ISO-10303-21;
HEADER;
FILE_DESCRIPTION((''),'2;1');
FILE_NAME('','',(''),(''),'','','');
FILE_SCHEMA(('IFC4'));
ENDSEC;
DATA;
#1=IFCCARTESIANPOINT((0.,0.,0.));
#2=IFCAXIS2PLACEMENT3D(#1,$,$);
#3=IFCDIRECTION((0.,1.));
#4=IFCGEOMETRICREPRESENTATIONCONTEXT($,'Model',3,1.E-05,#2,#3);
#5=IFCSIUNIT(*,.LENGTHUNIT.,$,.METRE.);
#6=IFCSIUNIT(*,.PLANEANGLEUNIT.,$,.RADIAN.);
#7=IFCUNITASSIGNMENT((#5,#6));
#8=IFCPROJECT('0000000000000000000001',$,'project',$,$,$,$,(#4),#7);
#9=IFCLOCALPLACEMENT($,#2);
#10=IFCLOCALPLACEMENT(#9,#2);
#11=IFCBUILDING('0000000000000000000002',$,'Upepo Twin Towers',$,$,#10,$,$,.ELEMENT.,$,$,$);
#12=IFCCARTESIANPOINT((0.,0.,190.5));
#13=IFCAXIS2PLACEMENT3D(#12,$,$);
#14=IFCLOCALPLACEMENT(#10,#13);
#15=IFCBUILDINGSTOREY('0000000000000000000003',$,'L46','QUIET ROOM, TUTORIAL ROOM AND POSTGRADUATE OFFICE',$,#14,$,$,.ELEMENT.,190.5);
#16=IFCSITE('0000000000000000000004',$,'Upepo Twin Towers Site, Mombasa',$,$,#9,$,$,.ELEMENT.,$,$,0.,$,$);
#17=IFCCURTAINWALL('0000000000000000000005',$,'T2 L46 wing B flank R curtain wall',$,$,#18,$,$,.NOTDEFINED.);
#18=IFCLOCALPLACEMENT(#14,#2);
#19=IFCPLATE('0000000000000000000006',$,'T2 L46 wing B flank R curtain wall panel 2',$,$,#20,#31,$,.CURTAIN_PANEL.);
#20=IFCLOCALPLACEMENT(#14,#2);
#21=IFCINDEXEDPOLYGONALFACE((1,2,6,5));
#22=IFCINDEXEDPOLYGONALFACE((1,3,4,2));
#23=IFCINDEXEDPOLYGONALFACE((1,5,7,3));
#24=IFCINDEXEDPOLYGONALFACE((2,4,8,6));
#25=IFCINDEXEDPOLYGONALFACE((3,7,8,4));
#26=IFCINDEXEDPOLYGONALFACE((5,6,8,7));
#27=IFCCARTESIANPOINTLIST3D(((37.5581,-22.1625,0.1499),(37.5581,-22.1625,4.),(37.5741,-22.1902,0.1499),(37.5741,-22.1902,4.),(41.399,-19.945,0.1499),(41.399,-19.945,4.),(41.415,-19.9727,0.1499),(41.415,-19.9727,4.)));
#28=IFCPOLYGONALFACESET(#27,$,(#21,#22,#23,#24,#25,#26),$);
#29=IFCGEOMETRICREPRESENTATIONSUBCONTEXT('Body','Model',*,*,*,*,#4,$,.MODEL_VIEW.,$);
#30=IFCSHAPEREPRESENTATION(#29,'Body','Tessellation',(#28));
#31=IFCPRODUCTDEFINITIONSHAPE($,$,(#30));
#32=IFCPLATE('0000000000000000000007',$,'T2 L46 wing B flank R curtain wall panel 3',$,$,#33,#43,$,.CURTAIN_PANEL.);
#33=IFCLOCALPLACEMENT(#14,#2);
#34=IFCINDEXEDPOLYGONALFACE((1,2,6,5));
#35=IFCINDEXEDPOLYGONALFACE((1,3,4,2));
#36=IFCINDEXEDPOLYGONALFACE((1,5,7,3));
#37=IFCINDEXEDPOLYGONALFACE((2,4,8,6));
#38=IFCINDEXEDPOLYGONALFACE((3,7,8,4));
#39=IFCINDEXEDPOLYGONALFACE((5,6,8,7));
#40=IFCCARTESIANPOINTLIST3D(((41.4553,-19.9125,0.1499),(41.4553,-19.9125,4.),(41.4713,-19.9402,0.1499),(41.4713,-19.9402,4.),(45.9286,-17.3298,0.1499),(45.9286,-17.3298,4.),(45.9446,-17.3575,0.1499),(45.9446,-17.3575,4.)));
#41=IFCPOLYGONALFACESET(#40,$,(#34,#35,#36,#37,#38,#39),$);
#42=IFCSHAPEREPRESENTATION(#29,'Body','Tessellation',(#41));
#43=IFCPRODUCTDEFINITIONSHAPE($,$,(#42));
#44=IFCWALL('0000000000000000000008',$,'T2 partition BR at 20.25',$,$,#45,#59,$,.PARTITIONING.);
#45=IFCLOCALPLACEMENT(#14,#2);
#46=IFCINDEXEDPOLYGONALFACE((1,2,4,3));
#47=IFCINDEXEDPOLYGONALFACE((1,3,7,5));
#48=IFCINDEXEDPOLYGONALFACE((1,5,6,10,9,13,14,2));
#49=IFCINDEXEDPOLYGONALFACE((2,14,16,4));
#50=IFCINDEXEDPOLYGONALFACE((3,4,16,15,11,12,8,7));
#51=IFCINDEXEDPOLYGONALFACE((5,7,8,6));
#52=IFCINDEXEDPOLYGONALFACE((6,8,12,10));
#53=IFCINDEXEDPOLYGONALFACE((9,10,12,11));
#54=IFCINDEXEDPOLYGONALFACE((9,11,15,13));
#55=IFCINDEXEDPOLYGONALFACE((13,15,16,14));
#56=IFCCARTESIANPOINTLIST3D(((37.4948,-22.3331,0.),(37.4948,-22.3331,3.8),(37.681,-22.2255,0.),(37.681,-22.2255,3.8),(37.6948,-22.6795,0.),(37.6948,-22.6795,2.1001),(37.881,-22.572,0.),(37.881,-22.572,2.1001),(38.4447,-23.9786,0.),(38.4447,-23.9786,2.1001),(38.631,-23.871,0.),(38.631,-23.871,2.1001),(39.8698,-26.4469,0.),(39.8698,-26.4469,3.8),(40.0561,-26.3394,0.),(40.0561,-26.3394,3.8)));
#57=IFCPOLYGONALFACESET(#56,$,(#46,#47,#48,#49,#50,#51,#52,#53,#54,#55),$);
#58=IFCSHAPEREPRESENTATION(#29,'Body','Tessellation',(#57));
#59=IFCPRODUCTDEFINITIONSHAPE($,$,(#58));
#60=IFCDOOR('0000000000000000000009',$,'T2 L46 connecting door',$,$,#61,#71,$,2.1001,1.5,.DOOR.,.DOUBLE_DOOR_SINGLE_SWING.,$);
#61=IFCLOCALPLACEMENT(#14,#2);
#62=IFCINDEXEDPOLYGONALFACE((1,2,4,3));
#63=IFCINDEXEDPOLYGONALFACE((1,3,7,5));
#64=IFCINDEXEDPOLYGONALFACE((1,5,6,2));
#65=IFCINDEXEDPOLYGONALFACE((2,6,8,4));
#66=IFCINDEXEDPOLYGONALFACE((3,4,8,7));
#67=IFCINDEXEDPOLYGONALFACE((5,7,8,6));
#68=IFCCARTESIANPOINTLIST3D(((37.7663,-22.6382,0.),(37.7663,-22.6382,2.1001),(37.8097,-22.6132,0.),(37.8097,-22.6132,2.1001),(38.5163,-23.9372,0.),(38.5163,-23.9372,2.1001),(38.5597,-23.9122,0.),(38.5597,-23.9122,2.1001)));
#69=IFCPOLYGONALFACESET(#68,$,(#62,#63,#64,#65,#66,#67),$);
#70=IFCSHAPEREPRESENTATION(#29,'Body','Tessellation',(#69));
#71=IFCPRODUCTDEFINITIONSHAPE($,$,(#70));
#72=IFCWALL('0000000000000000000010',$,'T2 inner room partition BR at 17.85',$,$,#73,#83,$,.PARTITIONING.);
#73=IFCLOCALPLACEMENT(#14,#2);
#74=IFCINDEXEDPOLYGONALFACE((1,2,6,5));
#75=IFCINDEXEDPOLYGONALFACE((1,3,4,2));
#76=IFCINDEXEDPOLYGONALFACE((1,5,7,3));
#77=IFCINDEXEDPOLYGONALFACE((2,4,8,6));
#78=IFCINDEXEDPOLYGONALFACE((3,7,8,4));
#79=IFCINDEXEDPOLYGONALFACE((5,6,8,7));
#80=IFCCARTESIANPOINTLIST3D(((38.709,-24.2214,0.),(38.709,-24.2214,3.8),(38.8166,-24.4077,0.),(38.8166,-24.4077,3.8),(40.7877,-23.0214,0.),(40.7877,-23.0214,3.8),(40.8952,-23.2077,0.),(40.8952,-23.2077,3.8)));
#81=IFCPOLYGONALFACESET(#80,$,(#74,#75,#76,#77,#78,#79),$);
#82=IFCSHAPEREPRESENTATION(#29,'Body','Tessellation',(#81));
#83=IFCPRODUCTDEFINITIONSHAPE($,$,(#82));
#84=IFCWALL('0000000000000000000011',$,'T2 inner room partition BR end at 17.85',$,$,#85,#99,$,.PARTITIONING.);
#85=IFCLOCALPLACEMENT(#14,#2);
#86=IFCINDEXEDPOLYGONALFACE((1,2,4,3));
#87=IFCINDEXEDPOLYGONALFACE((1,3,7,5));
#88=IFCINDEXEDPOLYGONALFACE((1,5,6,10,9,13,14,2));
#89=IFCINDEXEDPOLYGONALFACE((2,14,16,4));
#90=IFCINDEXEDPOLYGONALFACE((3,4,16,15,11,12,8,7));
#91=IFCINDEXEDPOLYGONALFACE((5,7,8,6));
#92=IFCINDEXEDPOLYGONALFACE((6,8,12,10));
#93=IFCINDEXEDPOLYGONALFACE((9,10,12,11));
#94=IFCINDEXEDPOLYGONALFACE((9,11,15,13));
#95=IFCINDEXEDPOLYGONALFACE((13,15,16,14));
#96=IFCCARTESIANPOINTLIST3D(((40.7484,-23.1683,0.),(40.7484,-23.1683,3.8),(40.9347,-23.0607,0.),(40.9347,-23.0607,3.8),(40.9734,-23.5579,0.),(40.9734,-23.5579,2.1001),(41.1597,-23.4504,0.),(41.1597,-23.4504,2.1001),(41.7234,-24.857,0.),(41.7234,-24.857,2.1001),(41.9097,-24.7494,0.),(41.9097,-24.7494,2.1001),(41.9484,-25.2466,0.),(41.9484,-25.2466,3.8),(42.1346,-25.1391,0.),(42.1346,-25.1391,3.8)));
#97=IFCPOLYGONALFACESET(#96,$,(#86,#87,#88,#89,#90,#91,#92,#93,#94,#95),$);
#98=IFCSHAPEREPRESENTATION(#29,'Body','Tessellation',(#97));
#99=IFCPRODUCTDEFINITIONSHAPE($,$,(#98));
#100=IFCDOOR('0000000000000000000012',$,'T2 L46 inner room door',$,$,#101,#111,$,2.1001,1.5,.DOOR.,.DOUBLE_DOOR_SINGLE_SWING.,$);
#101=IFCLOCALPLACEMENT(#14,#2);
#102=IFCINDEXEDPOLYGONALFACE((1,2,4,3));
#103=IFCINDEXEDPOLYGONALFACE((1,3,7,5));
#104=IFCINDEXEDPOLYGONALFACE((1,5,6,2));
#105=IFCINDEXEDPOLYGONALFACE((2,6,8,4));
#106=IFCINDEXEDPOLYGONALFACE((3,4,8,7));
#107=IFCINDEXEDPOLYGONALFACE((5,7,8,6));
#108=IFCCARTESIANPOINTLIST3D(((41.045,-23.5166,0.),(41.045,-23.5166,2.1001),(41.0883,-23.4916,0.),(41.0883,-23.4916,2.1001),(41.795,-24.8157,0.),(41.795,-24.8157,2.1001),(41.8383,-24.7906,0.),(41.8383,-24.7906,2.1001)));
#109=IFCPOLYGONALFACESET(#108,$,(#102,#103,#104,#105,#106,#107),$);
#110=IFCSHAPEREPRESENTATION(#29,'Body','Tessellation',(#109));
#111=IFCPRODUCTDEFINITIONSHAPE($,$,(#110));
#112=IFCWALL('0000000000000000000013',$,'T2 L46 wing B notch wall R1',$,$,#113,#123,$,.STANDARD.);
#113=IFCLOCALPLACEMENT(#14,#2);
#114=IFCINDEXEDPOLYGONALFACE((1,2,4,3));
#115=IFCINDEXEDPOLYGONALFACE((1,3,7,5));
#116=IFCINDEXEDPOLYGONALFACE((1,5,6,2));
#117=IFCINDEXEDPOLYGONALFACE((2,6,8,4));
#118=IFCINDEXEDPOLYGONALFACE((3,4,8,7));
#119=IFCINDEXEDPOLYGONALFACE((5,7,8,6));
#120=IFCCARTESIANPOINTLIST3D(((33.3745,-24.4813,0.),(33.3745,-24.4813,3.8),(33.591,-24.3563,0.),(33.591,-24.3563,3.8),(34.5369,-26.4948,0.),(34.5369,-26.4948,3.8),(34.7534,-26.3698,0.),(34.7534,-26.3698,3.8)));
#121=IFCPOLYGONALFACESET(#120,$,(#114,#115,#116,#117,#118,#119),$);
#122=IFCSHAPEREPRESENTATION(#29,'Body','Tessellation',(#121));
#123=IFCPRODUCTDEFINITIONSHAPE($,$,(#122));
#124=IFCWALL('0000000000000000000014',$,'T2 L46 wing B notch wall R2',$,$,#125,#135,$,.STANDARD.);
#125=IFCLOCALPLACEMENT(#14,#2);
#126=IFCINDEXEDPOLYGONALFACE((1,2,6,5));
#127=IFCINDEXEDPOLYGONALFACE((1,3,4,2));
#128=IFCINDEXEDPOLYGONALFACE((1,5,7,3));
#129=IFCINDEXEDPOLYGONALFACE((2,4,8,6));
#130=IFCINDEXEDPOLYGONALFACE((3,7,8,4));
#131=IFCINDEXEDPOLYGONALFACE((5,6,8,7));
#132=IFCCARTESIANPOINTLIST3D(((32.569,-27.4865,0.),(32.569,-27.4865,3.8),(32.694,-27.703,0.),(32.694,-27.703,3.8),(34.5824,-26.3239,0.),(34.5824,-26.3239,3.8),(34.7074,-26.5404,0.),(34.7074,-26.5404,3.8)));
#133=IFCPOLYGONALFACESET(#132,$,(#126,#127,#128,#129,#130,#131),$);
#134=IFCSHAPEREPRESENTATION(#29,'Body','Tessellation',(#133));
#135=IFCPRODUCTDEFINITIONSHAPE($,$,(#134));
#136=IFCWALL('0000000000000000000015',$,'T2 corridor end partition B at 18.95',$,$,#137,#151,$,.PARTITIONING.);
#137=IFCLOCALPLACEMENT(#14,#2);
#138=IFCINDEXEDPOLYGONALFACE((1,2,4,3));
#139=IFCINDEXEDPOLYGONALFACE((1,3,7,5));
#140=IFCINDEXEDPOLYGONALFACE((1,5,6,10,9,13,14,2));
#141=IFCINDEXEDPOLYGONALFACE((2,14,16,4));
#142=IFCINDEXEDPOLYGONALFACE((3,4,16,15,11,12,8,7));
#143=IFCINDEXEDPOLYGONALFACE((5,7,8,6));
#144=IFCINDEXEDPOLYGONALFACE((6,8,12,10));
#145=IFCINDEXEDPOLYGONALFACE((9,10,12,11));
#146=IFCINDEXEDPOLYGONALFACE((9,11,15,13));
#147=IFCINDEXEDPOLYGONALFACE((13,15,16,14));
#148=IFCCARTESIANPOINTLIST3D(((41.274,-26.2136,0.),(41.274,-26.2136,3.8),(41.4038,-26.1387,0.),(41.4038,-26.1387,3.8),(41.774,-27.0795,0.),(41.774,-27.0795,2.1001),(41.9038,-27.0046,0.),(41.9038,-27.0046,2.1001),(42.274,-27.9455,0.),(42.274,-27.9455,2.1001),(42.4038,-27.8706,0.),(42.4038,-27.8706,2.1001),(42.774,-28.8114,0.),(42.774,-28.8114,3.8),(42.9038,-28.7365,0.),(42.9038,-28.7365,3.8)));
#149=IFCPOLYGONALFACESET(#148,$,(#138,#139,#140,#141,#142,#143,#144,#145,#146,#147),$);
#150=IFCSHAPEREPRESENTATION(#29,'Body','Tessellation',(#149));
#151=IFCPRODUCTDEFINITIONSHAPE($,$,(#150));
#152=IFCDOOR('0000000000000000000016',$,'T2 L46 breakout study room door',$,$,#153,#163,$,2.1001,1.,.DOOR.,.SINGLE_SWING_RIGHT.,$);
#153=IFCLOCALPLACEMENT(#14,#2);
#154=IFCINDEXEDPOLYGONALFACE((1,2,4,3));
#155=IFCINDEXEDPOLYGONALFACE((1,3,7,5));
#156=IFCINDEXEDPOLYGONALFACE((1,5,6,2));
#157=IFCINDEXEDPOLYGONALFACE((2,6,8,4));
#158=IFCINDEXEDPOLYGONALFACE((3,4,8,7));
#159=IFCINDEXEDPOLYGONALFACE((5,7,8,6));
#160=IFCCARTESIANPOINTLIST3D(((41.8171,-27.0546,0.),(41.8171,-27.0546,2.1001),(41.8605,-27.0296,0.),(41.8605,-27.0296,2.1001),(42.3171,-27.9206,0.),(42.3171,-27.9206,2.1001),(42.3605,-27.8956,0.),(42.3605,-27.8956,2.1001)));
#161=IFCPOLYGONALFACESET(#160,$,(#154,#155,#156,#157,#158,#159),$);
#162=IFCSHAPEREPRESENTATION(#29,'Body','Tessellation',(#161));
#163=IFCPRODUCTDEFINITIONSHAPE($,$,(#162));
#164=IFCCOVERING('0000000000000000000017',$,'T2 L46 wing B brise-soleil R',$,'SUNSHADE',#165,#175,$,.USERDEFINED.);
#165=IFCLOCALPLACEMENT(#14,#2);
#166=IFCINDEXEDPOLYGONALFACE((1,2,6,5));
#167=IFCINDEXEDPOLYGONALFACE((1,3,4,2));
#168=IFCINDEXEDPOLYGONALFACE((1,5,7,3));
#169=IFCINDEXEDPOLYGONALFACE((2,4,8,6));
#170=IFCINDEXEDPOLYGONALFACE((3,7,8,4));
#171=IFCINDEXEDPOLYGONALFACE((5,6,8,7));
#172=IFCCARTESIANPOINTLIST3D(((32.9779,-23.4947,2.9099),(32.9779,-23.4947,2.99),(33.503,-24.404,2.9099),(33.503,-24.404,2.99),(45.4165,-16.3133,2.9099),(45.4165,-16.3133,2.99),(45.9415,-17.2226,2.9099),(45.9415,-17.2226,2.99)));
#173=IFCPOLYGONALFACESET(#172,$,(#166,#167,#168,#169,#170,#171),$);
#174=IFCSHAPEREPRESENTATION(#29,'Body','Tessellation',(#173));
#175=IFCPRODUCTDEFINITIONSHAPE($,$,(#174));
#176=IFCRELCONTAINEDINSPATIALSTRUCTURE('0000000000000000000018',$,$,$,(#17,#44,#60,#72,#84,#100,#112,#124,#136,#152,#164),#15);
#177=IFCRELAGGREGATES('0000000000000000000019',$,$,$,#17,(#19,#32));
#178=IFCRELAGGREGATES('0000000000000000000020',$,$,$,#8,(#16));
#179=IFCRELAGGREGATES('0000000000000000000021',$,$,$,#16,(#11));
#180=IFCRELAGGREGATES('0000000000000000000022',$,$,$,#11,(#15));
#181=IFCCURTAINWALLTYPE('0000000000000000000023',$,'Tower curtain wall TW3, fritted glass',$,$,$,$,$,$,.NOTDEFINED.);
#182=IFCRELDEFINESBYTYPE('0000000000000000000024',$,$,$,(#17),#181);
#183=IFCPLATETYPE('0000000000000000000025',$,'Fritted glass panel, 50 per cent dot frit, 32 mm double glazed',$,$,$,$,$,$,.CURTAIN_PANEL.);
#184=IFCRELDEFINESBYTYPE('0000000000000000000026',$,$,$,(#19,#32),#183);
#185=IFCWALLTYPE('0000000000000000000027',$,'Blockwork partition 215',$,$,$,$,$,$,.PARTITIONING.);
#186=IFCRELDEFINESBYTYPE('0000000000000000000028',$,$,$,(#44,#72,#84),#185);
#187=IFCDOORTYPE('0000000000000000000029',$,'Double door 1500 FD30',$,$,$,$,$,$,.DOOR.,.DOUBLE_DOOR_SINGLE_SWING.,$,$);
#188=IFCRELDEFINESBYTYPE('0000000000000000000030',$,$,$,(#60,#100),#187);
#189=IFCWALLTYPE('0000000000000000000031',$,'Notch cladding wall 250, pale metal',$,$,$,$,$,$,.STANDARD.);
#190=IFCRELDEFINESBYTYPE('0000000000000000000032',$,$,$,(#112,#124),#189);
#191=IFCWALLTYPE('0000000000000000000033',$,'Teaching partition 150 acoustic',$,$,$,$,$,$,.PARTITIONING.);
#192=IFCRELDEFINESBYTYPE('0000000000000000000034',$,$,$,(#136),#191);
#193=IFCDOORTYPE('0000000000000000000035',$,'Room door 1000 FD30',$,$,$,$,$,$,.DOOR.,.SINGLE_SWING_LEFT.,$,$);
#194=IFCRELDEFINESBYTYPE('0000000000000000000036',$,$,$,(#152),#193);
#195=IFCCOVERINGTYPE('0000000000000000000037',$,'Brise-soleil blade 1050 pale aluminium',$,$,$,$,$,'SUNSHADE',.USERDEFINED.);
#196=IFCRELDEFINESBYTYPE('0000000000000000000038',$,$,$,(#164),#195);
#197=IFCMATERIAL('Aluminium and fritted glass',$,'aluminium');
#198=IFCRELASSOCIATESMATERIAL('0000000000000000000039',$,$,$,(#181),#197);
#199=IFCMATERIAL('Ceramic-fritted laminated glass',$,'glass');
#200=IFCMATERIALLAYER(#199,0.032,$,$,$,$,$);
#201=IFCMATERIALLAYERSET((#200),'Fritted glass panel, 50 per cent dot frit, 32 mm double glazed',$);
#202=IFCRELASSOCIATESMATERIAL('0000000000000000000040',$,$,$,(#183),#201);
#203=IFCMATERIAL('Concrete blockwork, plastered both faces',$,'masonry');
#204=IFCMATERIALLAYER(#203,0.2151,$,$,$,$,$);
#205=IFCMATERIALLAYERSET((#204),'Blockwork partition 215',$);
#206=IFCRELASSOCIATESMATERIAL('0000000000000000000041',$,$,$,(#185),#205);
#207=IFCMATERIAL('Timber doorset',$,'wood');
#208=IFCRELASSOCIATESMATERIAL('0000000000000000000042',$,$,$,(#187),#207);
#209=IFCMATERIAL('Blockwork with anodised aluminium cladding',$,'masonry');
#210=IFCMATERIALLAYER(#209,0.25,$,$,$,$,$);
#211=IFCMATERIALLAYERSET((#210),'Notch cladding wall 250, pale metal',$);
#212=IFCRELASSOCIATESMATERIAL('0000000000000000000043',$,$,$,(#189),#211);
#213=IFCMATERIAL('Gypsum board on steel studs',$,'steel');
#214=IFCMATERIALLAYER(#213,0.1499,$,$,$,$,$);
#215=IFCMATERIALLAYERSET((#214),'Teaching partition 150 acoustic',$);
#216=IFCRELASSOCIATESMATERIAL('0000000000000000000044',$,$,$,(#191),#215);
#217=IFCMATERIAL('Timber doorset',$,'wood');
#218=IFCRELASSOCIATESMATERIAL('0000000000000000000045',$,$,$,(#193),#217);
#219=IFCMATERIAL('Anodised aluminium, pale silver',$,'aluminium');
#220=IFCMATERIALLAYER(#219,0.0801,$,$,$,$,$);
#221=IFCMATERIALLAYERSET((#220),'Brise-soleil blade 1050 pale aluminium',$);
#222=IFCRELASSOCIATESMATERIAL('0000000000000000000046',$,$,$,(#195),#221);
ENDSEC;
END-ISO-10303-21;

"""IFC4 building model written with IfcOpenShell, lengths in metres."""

from ifc_helpers import new_model, si_unit, direction, frame, frame_2d, origin, origin_2d, place, context, subcontext, project, spatial, rectangle, extrude, material, layer, layer_set, type_object, element, fill, aggregate, save


model = new_model("IFC4")

# Units and contexts
model_context = context("Model", 3, precision=1e-05, world=origin(), true_north=direction((0.0, 1.0)))
body_context = subcontext(model_context, "Body", "Model", "MODEL_VIEW")
ifc_project = project(units=[si_unit("LENGTHUNIT", "METRE"), si_unit("PLANEANGLEUNIT", "RADIAN")], contexts=[model_context])

# Site, building, storey
site_placement = place(None, origin())
site = spatial("IfcSite", under=ifc_project, at=site_placement, Name="Upepo Twin Towers Site, Mombasa", CompositionType="ELEMENT", RefElevation=0.0)
building_placement = place(site_placement, origin())
building = spatial("IfcBuilding", under=site, at=building_placement, Name="Upepo Twin Towers", CompositionType="ELEMENT")
storey_placement = place(building_placement, frame((0.0, 0.0, 190.5)))
storey = spatial("IfcBuildingStorey", under=building, at=storey_placement, Name="L46", Description="QUIET ROOM, TUTORIAL ROOM AND POSTGRADUATE OFFICE", CompositionType="ELEMENT", Elevation=190.5)

# Curtain wall, plates
ifc_material_1 = material(Name="Aluminium and fritted glass", Category="aluminium")
curtain_wall_type = type_object("IfcCurtainWallType", Name="Tower curtain wall TW3, fritted glass", PredefinedType="NOTDEFINED", material=ifc_material_1)
curtain_wall_placement = place(storey_placement, origin())
curtain_wall = element("IfcCurtainWall", 1, at=curtain_wall_placement, inside=storey, type_object=curtain_wall_type, Name="T2 L46 wing B flank R curtain wall", PredefinedType="NOTDEFINED")
ifc_material_2 = material(Name="Ceramic-fritted laminated glass", Category="glass")
ifc_layer_1 = layer(ifc_material_2, 0.032)
ifc_layer_set_1 = layer_set([ifc_layer_1], Name="Fritted glass panel, 50 per cent dot frit, 32 mm double glazed")
plate_type = type_object("IfcPlateType", Name="Fritted glass panel, 50 per cent dot frit, 32 mm double glazed", PredefinedType="CURTAIN_PANEL", material=ifc_layer_set_1)
plate_1_placement = place(storey_placement, frame((39.4866, -21.0676, 0.1499), z_axis=(0.0, 0.0, 1.0), x_axis=(0.866025, 0.5, 0.0)))
plate_1 = element("IfcPlate", 2, at=plate_1_placement, type_object=plate_type, Name="T2 L46 wing B flank R curtain wall panel 2", PredefinedType="CURTAIN_PANEL", context=body_context, shape_type="SweptSolid", body=[
    extrude(rectangle(XDim=4.4351, YDim=0.032, at=origin_2d()), origin(), (0.0, 0.0, 1.0), 3.8501),
])
plate_2_placement = place(storey_placement, frame((43.7, -18.635, 0.1499), z_axis=(0.0, 0.0, 1.0), x_axis=(0.866025, 0.5, 0.0)))
plate_2 = element("IfcPlate", 3, at=plate_2_placement, type_object=plate_type, Name="T2 L46 wing B flank R curtain wall panel 3", PredefinedType="CURTAIN_PANEL", context=body_context, shape_type="SweptSolid", body=[
    extrude(rectangle(XDim=5.1653, YDim=0.032, at=origin_2d()), origin(), (0.0, 0.0, 1.0), 3.8501),
])
aggregate(curtain_wall, [plate_1, plate_2])

# Wall, opening, door
ifc_material_3 = material(Name="Concrete blockwork, plastered both faces", Category="masonry")
ifc_layer_2 = layer(ifc_material_3, 0.2151)
ifc_layer_set_2 = layer_set([ifc_layer_2], Name="Blockwork partition 215")
wall_type_1 = type_object("IfcWallType", Name="Blockwork partition 215", PredefinedType="PARTITIONING", material=ifc_layer_set_2)
wall_1_placement = place(storey_placement, frame((39.9629, -26.3931, 0.0), z_axis=(0.0, 0.0, 1.0), x_axis=(-0.499986, 0.866033, 0.0)))
wall_1 = element("IfcWall", 4, at=wall_1_placement, inside=storey, type_object=wall_type_1, Name="T2 partition BR at 20.25", PredefinedType="PARTITIONING", context=body_context, shape_type="SweptSolid", body=[
    extrude(rectangle(XDim=4.7502, YDim=0.2151, at=frame_2d((2.375, 0.0))), origin(), (0.0, 0.0, 1.0), 3.8),
])
opening_1_placement = place(wall_1_placement, frame((2.8501, 0.0, 0.0)))
opening_1 = element("IfcOpeningElement", 5, at=opening_1_placement, cuts=wall_1, PredefinedType="OPENING", context=body_context, shape_type="SweptSolid", body=[
    extrude(rectangle(XDim=1.5, YDim=2.1001, at=frame_2d((0.75, 1.05))), frame((0.0, 0.1174, 0.0), z_axis=(0.0, -1.0, 0.0), x_axis=(1.0, 0.0, 0.0)), (0.0, 0.0, 1.0), 0.2351),
])
ifc_material_4 = material(Name="Timber doorset", Category="wood")
door_type_1 = type_object("IfcDoorType", Name="Double door 1500 FD30", OperationType="DOUBLE_DOOR_SINGLE_SWING", PredefinedType="DOOR", material=ifc_material_4)
door_1_placement = place(opening_1_placement, origin())
door_1 = element("IfcDoor", 6, at=door_1_placement, inside=storey, type_object=door_type_1, Name="T2 L46 connecting door", OperationType="DOUBLE_DOOR_SINGLE_SWING", OverallHeight=2.1001, OverallWidth=1.5, PredefinedType="DOOR", context=body_context, shape_type="SweptSolid", body=[
    extrude(rectangle(XDim=1.5, YDim=2.1001, at=frame_2d((0.75, 1.05))), frame((0.0, 0.0249, 0.0), z_axis=(0.0, -1.0, 0.0), x_axis=(1.0, 0.0, 0.0)), (0.0, 0.0, 1.0), 0.05),
])
fill(opening_1, door_1)

# Wall
wall_2_placement = place(storey_placement, frame((40.8416, -23.1145, 0.0), z_axis=(0.0, 0.0, 1.0), x_axis=(-0.86605, -0.499957, 0.0)))
element("IfcWall", 7, at=wall_2_placement, inside=storey, type_object=wall_type_1, Name="T2 inner room partition BR at 17.85", PredefinedType="PARTITIONING", context=body_context, shape_type="SweptSolid", body=[
    extrude(rectangle(XDim=2.4001, YDim=0.2151, at=frame_2d((1.2002, 0.0))), origin(), (0.0, 0.0, 1.0), 3.8),
])

# Wall, opening, door
wall_3_placement = place(storey_placement, frame((42.0415, -25.1929, 0.0), z_axis=(0.0, 0.0, 1.0), x_axis=(-0.500001, 0.866025, 0.0)))
wall_3 = element("IfcWall", 8, at=wall_3_placement, inside=storey, type_object=wall_type_1, Name="T2 inner room partition BR end at 17.85", PredefinedType="PARTITIONING", context=body_context, shape_type="SweptSolid", body=[
    extrude(rectangle(XDim=2.3999, YDim=0.2151, at=frame_2d((1.2, 0.0))), origin(), (0.0, 0.0, 1.0), 3.8),
])
opening_2_placement = place(wall_3_placement, frame((0.45, 0.0, 0.0)))
opening_2 = element("IfcOpeningElement", 9, at=opening_2_placement, cuts=wall_3, PredefinedType="OPENING", context=body_context, shape_type="SweptSolid", body=[
    extrude(rectangle(XDim=1.5, YDim=2.1001, at=frame_2d((0.75, 1.05))), frame((0.0, 0.1174, 0.0), z_axis=(0.0, -1.0, 0.0), x_axis=(1.0, 0.0, 0.0)), (0.0, 0.0, 1.0), 0.2351),
])
door_2_placement = place(opening_2_placement, origin())
door_2 = element("IfcDoor", 10, at=door_2_placement, inside=storey, type_object=door_type_1, Name="T2 L46 inner room door", OperationType="DOUBLE_DOOR_SINGLE_SWING", OverallHeight=2.1001, OverallWidth=1.5, PredefinedType="DOOR", context=body_context, shape_type="SweptSolid", body=[
    extrude(rectangle(XDim=1.5, YDim=2.1001, at=frame_2d((0.75, 1.05))), frame((0.0, 0.0249, 0.0), z_axis=(0.0, -1.0, 0.0), x_axis=(1.0, 0.0, 0.0)), (0.0, 0.0, 1.0), 0.05),
])
fill(opening_2, door_2)

# Walls
ifc_material_5 = material(Name="Blockwork with anodised aluminium cladding", Category="masonry")
ifc_layer_3 = layer(ifc_material_5, 0.25)
ifc_layer_set_3 = layer_set([ifc_layer_3], Name="Notch cladding wall 250, pale metal")
wall_type_2 = type_object("IfcWallType", Name="Notch cladding wall 250, pale metal", PredefinedType="STANDARD", material=ifc_layer_set_3)
for number, where, z_axis, x_axis, name in (
    (11, (33.4827, -24.4187, 0.0), (0.0, 0.0, 1.0), (0.499968, -0.866044, 0.0), "T2 L46 wing B notch wall R1"),
    (12, (34.645, -26.4321, 0.0), (0.0, 0.0, 1.0), (-0.865998, -0.500047, 0.0), "T2 L46 wing B notch wall R2"),
):
    element("IfcWall", number, at=place(storey_placement, frame(where, z_axis=z_axis, x_axis=x_axis)), inside=storey, type_object=wall_type_2, Name=name, PredefinedType="STANDARD", context=body_context, shape_type="SweptSolid", body=[
        extrude(rectangle(XDim=2.325, YDim=0.25, at=frame_2d((1.1626, 0.0))), origin(), (0.0, 0.0, 1.0), 3.8),
    ])

# Wall, opening, door
ifc_material_6 = material(Name="Gypsum board on steel studs", Category="steel")
ifc_layer_4 = layer(ifc_material_6, 0.1499)
ifc_layer_set_4 = layer_set([ifc_layer_4], Name="Teaching partition 150 acoustic")
wall_type_3 = type_object("IfcWallType", Name="Teaching partition 150 acoustic", PredefinedType="PARTITIONING", material=ifc_layer_set_4)
wall_4_placement = place(storey_placement, frame((41.3389, -26.176, 0.0), z_axis=(0.0, 0.0, 1.0), x_axis=(0.500025, -0.866011, 0.0)))
wall_4 = element("IfcWall", 13, at=wall_4_placement, inside=storey, type_object=wall_type_3, Name="T2 corridor end partition B at 18.95", PredefinedType="PARTITIONING", context=body_context, shape_type="SweptSolid", body=[
    extrude(rectangle(XDim=2.9998, YDim=0.1499, at=frame_2d((1.5, 0.0))), origin(), (0.0, 0.0, 1.0), 3.8),
])
opening_3_placement = place(wall_4_placement, frame((1.0, 0.0, 0.0)))
opening_3 = element("IfcOpeningElement", 14, at=opening_3_placement, cuts=wall_4, PredefinedType="OPENING", context=body_context, shape_type="SweptSolid", body=[
    extrude(rectangle(XDim=1.0, YDim=2.1001, at=frame_2d((0.5, 1.05))), frame((0.0, 0.085, 0.0), z_axis=(0.0, -1.0, 0.0), x_axis=(1.0, 0.0, 0.0)), (0.0, 0.0, 1.0), 0.1699),
])
ifc_material_7 = material(Name="Timber doorset", Category="wood")
door_type_2 = type_object("IfcDoorType", Name="Room door 1000 FD30", OperationType="SINGLE_SWING_LEFT", PredefinedType="DOOR", material=ifc_material_7)
door_3_placement = place(opening_3_placement, origin())
door_3 = element("IfcDoor", 15, at=door_3_placement, inside=storey, type_object=door_type_2, Name="T2 L46 breakout study room door", OperationType="SINGLE_SWING_RIGHT", OverallHeight=2.1001, OverallWidth=1.0, PredefinedType="DOOR", context=body_context, shape_type="SweptSolid", body=[
    extrude(rectangle(XDim=1.0, YDim=2.1001, at=frame_2d((0.5, 1.05))), frame((0.0, 0.0249, 0.0), z_axis=(0.0, -1.0, 0.0), x_axis=(1.0, 0.0, 0.0)), (0.0, 0.0, 1.0), 0.05),
])
fill(opening_3, door_3)

# Covering
ifc_material_8 = material(Name="Anodised aluminium, pale silver", Category="aluminium")
ifc_layer_5 = layer(ifc_material_8, 0.0801)
ifc_layer_set_5 = layer_set([ifc_layer_5], Name="Brise-soleil blade 1050 pale aluminium")
covering_type = type_object("IfcCoveringType", Name="Brise-soleil blade 1050 pale aluminium", ElementType="SUNSHADE", PredefinedType="USERDEFINED", material=ifc_layer_set_5)
covering_placement = place(storey_placement, frame((39.4597, -20.3586, 2.9099), z_axis=(0.0, 0.0, 1.0), x_axis=(-0.866025, -0.5, 0.0)))
element("IfcCovering", 16, at=covering_placement, inside=storey, type_object=covering_type, Name="T2 L46 wing B brise-soleil R", ObjectType="SUNSHADE", PredefinedType="USERDEFINED", context=body_context, shape_type="SweptSolid", body=[
    extrude(rectangle(XDim=14.3628, YDim=1.05, at=origin_2d()), origin(), (0.0, 0.0, 1.0), 0.0801),
])

save(model, "model.ifc")
